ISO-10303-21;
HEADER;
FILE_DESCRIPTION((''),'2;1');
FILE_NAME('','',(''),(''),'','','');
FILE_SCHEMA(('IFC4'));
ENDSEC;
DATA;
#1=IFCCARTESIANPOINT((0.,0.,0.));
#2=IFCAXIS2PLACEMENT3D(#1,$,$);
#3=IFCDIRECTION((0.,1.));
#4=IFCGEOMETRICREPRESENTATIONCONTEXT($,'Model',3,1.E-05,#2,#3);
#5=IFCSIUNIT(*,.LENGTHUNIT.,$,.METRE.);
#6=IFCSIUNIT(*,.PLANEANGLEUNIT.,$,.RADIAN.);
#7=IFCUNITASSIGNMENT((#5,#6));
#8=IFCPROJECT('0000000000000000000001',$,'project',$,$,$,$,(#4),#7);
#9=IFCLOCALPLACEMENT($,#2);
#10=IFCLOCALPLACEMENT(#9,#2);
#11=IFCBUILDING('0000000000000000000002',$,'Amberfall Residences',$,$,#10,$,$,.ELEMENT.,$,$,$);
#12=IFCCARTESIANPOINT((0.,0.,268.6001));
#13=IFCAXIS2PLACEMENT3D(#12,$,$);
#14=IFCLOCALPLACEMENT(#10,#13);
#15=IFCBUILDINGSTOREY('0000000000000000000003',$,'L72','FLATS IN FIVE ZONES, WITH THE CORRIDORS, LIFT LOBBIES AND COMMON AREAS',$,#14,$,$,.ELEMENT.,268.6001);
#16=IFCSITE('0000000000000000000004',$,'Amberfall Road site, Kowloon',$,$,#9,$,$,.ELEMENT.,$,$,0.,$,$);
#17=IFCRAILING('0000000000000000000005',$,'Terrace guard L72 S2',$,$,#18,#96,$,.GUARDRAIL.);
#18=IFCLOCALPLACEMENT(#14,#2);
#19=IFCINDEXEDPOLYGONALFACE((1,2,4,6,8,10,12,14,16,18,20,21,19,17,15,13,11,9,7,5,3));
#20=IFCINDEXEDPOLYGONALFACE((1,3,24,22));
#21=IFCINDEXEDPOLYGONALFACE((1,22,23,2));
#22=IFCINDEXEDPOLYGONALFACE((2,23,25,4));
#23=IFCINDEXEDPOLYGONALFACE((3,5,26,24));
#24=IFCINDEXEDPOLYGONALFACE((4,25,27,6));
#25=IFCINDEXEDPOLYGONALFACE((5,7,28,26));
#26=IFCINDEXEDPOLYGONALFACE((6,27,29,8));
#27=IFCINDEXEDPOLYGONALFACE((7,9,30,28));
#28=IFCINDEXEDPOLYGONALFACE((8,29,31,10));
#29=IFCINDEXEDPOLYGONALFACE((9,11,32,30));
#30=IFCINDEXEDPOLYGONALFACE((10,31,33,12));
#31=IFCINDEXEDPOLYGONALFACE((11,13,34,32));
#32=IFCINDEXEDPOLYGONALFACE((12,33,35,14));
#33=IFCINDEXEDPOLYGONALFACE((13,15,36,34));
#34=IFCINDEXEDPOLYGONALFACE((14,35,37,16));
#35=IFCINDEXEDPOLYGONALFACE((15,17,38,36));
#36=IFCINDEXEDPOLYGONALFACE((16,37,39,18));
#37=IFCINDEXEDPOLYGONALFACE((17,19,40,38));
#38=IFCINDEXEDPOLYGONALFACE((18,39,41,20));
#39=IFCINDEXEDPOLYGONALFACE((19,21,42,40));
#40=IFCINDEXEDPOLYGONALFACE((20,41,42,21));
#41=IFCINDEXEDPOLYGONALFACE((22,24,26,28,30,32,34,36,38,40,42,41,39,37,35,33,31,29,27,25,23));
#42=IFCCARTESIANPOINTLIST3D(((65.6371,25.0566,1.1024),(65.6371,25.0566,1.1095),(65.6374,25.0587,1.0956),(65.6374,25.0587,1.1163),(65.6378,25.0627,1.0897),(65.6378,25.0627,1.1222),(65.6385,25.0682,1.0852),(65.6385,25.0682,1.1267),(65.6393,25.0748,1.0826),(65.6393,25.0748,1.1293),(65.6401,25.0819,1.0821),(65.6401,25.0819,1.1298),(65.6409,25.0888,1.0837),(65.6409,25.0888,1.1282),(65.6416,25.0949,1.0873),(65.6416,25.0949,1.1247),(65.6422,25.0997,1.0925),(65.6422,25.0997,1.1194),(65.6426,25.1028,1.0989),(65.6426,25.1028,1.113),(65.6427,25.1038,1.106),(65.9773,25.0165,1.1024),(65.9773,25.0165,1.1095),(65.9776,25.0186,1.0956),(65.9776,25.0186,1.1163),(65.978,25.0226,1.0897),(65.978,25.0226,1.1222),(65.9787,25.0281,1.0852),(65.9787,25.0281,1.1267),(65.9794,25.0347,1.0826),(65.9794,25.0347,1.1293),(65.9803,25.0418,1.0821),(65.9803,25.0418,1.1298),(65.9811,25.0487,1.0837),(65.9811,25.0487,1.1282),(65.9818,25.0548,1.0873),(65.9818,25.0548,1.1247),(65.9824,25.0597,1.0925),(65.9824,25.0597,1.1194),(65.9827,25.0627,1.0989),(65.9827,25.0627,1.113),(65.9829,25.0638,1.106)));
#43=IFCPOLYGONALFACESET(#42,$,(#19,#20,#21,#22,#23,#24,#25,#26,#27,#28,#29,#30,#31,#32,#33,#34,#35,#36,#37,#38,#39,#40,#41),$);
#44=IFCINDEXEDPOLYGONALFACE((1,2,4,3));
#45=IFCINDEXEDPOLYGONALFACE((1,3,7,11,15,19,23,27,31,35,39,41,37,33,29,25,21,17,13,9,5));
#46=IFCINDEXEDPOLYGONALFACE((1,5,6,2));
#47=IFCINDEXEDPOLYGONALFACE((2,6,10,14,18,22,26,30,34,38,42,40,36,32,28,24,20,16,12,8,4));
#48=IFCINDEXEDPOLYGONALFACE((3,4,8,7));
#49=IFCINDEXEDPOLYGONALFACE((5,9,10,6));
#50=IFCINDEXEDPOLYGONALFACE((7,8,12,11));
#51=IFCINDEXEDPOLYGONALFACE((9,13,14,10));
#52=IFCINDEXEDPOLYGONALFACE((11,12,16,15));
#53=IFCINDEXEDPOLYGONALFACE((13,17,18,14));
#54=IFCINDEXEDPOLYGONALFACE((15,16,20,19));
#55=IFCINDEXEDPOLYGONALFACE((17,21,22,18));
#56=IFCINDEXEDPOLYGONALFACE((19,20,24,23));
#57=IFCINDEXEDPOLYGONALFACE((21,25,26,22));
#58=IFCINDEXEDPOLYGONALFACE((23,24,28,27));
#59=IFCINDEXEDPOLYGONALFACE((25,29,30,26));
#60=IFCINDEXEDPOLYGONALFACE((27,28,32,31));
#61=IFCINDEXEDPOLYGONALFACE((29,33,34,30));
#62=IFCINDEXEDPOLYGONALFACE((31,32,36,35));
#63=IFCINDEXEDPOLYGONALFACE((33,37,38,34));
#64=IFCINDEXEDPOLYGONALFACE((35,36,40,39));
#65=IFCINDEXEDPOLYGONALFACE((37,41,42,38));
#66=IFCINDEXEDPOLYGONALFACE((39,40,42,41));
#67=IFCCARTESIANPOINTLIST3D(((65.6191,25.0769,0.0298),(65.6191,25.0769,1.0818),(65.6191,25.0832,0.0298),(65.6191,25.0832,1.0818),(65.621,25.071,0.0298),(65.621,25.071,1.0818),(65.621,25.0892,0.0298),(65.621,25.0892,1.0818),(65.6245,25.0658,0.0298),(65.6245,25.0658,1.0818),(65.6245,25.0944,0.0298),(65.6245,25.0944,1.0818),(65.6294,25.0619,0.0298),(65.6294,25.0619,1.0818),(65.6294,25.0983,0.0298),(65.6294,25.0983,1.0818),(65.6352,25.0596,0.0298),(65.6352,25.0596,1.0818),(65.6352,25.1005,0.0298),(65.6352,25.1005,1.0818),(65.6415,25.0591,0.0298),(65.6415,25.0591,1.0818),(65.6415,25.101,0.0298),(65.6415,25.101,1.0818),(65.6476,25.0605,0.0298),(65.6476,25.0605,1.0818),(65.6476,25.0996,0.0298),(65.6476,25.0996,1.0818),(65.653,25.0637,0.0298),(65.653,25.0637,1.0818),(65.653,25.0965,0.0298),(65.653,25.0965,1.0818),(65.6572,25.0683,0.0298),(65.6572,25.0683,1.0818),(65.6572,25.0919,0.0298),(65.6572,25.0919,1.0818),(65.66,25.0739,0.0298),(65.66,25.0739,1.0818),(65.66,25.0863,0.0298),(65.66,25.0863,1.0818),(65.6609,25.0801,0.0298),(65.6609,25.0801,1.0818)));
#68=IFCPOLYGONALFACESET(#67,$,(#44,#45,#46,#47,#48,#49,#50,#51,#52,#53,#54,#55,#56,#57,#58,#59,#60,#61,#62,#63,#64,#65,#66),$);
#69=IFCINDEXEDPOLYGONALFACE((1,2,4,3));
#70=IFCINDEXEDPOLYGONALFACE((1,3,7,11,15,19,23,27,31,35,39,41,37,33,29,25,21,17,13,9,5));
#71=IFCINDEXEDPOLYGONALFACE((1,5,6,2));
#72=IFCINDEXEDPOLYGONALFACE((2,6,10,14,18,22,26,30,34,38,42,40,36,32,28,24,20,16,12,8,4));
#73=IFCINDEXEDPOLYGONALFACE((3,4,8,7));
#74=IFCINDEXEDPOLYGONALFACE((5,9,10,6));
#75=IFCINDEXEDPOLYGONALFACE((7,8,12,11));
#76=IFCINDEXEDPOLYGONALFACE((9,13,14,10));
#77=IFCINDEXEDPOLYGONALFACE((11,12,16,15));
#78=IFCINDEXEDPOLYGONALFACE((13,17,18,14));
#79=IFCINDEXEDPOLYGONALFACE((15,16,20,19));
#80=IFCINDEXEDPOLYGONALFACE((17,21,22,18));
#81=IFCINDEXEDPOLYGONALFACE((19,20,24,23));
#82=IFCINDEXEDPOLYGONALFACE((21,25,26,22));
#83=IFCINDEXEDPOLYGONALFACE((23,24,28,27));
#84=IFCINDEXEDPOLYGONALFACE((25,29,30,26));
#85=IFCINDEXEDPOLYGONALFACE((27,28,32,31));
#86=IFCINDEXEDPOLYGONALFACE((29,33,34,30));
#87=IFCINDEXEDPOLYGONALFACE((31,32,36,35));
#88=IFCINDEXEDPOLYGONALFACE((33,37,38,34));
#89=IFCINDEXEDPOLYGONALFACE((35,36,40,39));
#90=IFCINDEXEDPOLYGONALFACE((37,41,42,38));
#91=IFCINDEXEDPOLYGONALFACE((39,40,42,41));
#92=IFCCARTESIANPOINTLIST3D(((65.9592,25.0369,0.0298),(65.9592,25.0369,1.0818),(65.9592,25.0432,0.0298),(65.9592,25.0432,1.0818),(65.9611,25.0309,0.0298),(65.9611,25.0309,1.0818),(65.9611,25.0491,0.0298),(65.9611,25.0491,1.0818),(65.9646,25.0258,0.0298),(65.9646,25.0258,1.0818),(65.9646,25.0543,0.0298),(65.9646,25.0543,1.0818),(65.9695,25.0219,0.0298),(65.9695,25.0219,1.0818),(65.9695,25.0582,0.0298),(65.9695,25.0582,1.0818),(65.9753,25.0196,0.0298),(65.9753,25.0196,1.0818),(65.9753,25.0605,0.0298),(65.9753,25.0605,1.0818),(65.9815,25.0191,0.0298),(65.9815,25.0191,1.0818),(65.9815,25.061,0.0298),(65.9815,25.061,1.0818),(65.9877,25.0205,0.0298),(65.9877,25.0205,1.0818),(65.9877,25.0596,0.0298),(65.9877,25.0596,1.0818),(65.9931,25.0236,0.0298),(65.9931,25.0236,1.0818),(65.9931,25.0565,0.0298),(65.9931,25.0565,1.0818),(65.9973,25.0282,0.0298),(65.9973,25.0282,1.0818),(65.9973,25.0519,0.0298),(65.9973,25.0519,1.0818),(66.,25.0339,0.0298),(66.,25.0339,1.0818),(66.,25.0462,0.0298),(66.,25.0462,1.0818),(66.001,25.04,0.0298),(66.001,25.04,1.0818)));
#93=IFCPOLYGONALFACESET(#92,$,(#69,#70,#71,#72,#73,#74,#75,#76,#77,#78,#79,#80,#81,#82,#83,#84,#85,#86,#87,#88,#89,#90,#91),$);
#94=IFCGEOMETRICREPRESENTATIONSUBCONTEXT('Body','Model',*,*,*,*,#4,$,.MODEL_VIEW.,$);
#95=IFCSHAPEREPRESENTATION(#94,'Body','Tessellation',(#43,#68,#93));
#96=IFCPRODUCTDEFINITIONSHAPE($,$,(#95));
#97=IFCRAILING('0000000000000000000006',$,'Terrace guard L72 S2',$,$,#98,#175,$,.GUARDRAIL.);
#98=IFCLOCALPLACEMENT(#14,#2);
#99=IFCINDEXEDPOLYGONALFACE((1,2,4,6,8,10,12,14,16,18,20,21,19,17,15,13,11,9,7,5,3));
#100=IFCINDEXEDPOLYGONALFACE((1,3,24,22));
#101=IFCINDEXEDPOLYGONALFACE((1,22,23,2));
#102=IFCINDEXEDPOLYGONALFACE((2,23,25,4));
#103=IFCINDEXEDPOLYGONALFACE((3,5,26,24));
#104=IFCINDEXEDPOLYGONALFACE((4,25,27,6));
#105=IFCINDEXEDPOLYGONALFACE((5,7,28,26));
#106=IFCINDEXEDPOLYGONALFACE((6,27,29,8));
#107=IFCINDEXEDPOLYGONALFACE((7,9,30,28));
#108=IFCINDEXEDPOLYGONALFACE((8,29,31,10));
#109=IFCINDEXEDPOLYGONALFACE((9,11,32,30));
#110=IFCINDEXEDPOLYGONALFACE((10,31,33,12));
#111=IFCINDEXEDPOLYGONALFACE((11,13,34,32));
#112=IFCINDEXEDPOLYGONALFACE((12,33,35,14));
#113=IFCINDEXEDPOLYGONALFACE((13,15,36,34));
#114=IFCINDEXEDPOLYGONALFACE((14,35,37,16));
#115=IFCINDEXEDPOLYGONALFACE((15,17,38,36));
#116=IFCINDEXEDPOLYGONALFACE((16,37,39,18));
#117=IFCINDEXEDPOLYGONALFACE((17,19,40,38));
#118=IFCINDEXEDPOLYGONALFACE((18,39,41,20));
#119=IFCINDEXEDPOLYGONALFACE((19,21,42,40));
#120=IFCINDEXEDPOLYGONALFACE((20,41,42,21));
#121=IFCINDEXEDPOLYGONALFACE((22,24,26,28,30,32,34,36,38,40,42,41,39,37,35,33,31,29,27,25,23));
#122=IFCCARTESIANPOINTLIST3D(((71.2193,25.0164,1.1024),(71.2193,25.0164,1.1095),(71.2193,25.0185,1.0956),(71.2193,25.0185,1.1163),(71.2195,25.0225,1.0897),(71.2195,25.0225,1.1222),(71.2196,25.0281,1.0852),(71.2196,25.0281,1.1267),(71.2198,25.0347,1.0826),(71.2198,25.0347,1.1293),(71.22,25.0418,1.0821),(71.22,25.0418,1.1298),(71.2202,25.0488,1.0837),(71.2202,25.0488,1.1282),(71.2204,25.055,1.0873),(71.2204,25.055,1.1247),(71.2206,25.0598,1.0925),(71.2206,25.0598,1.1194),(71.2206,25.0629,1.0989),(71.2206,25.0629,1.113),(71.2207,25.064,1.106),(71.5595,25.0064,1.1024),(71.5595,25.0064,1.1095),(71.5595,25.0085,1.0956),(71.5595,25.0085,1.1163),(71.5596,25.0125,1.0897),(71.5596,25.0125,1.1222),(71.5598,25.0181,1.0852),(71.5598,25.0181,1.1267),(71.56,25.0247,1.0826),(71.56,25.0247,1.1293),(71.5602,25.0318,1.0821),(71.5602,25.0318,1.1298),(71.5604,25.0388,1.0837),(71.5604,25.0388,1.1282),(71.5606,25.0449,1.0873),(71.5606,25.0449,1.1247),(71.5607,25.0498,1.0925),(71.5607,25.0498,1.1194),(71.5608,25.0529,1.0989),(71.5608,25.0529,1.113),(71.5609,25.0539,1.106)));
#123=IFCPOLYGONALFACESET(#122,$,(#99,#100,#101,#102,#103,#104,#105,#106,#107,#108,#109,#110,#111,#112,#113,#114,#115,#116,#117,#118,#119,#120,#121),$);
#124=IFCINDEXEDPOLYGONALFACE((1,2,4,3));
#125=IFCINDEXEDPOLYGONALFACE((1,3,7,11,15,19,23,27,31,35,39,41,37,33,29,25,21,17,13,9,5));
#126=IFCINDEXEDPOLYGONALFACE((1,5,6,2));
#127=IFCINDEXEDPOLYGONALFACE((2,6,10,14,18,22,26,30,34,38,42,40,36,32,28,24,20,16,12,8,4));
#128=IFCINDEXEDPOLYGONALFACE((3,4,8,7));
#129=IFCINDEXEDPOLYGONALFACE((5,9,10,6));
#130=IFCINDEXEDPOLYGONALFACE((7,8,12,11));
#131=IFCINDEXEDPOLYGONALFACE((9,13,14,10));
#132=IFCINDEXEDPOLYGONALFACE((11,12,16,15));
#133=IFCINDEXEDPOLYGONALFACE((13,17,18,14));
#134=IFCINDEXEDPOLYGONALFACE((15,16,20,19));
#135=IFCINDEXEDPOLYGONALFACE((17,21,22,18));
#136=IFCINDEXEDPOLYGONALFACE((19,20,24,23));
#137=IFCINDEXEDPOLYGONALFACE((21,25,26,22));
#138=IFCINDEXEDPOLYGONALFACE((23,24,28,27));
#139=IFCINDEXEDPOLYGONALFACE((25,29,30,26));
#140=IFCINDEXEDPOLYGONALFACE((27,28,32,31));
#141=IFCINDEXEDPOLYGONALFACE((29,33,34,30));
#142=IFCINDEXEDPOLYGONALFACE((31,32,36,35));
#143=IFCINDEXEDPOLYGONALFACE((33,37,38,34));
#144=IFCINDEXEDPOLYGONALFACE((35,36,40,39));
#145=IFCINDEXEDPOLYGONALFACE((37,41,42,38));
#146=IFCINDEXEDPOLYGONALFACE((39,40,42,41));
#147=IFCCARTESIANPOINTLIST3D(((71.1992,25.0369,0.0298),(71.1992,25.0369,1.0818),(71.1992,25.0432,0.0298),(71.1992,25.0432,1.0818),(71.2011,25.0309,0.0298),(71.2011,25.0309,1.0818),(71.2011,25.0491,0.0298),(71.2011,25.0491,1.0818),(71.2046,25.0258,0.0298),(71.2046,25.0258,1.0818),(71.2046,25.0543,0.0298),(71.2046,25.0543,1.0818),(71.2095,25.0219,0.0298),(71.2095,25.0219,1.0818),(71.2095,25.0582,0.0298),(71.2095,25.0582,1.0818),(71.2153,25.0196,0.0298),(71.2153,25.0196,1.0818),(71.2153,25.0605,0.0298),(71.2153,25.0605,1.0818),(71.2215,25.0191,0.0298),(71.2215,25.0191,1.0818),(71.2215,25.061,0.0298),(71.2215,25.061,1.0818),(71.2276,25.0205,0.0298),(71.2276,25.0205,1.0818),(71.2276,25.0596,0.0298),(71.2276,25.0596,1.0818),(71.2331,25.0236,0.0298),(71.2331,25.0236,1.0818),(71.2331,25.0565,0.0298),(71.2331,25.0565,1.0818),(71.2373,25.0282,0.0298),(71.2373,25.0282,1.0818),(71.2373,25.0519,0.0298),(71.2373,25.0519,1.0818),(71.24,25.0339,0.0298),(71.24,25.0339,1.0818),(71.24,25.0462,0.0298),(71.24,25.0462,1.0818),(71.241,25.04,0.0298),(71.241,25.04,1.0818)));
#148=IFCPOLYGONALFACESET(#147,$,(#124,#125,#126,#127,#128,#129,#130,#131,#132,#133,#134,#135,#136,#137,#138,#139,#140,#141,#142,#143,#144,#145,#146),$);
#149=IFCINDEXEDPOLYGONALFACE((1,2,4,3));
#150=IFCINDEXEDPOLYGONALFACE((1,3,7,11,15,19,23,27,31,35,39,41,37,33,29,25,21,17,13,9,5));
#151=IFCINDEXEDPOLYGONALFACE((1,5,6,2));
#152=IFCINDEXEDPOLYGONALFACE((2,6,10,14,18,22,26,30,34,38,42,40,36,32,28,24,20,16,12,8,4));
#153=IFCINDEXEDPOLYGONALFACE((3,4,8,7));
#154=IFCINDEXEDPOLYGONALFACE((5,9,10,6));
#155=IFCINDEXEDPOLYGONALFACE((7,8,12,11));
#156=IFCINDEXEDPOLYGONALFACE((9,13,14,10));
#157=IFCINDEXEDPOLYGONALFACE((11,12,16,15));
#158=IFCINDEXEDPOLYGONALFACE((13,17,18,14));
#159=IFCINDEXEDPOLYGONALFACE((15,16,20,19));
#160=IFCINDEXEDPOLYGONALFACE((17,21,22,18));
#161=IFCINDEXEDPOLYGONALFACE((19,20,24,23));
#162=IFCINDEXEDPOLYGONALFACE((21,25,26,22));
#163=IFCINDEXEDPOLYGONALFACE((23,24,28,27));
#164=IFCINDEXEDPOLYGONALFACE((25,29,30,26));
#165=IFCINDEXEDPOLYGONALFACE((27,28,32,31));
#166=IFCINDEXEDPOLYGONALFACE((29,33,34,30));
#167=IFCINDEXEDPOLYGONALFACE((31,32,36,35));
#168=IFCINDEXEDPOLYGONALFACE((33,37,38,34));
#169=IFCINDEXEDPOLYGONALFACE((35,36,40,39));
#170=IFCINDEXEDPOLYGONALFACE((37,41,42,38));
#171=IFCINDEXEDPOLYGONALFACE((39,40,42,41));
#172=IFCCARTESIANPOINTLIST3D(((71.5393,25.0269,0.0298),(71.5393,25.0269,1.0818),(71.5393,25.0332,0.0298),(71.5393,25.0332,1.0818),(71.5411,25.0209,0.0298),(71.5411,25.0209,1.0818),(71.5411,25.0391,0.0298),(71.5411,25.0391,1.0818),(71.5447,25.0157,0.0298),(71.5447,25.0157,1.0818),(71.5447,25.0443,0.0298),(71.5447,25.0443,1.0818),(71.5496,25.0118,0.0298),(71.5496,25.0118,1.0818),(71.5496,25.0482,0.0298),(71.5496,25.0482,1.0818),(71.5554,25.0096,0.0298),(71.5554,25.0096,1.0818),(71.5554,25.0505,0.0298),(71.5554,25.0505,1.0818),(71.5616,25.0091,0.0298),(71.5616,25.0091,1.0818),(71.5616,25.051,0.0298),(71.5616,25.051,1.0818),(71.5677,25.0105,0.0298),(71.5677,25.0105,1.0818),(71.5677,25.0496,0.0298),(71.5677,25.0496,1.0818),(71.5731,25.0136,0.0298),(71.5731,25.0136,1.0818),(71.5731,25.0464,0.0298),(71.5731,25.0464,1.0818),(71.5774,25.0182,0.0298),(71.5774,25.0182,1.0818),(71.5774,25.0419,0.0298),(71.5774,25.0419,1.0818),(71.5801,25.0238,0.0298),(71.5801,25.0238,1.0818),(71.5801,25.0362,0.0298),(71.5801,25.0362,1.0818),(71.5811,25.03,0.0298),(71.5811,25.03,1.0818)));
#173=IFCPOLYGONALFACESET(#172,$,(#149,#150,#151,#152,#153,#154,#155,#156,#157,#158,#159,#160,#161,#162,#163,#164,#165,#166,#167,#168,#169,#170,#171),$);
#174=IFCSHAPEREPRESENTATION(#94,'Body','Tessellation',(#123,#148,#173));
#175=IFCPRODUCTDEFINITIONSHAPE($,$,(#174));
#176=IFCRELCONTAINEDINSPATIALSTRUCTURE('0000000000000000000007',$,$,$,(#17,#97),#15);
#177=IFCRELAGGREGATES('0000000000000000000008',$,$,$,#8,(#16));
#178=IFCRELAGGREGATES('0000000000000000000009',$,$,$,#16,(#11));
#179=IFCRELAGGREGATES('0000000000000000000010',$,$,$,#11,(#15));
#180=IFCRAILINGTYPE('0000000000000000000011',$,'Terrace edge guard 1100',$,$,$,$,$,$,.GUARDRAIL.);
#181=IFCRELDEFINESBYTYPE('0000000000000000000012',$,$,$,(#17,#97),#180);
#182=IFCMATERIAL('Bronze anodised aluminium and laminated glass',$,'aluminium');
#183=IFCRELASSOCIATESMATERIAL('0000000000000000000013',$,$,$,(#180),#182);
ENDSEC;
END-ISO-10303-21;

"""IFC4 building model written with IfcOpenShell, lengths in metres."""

from ifc_helpers import new_model, si_unit, direction, frame, origin, origin_2d, place, context, subcontext, project, spatial, circle, extrude, material, type_object, element, save


model = new_model("IFC4")

# Units and contexts
model_context = context("Model", 3, precision=1e-05, world=origin(), true_north=direction((0.0, 1.0)))
body_context = subcontext(model_context, "Body", "Model", "MODEL_VIEW")
ifc_project = project(units=[si_unit("LENGTHUNIT", "METRE"), si_unit("PLANEANGLEUNIT", "RADIAN")], contexts=[model_context])

# Site, building, storey
site_placement = place(None, origin())
site = spatial("IfcSite", under=ifc_project, at=site_placement, Name="Amberfall Road site, Kowloon", CompositionType="ELEMENT", RefElevation=0.0)
building_placement = place(site_placement, origin())
building = spatial("IfcBuilding", under=site, at=building_placement, Name="Amberfall Residences", CompositionType="ELEMENT")
storey_placement = place(building_placement, frame((0.0, 0.0, 268.6001)))
storey = spatial("IfcBuildingStorey", under=building, at=storey_placement, Name="L72", Description="FLATS IN FIVE ZONES, WITH THE CORRIDORS, LIFT LOBBIES AND COMMON AREAS", CompositionType="ELEMENT", Elevation=268.6001)

# Railings
ifc_material_1 = material(Name="Bronze anodised aluminium and laminated glass", Category="aluminium")
railing_type = type_object("IfcRailingType", Name="Terrace edge guard 1100", PredefinedType="GUARDRAIL", material=ifc_material_1)
railing_1_placement = place(storey_placement, frame((65.6399, 25.0801, 0.0298)))
element("IfcRailing", 1, at=railing_1_placement, inside=storey, type_object=railing_type, Name="Terrace guard L72 S2", PredefinedType="GUARDRAIL", context=body_context, shape_type="SweptSolid", body=[
    extrude(circle(Radius=0.0239, at=origin_2d()), frame((0.0, 0.0, 1.0762), z_axis=(0.993141, -0.116924, 0.0), x_axis=(0.116924, 0.993141, 0.0)), (0.0, 0.0, 1.0), 0.3425),
    extrude(circle(Radius=0.021, at=origin_2d()), origin(), (0.0, 0.0, 1.0), 1.052),
    extrude(circle(Radius=0.021, at=origin_2d()), frame((0.3401, -0.04, 0.0)), (0.0, 0.0, 1.0), 1.052),
])
railing_2_placement = place(storey_placement, frame((71.22, 25.04, 0.0298)))
element("IfcRailing", 2, at=railing_2_placement, inside=storey, type_object=railing_type, Name="Terrace guard L72 S2", PredefinedType="GUARDRAIL", context=body_context, shape_type="SweptSolid", body=[
    extrude(circle(Radius=0.0239, at=origin_2d()), frame((0.0, 0.0, 1.0762), z_axis=(0.999567, -0.02942, 0.0), x_axis=(0.02942, 0.999567, 0.0)), (0.0, 0.0, 1.0), 0.3403),
    extrude(circle(Radius=0.021, at=origin_2d()), origin(), (0.0, 0.0, 1.0), 1.052),
    extrude(circle(Radius=0.021, at=origin_2d()), frame((0.3401, -0.01, 0.0)), (0.0, 0.0, 1.0), 1.052),
])

save(model, "model.ifc")
